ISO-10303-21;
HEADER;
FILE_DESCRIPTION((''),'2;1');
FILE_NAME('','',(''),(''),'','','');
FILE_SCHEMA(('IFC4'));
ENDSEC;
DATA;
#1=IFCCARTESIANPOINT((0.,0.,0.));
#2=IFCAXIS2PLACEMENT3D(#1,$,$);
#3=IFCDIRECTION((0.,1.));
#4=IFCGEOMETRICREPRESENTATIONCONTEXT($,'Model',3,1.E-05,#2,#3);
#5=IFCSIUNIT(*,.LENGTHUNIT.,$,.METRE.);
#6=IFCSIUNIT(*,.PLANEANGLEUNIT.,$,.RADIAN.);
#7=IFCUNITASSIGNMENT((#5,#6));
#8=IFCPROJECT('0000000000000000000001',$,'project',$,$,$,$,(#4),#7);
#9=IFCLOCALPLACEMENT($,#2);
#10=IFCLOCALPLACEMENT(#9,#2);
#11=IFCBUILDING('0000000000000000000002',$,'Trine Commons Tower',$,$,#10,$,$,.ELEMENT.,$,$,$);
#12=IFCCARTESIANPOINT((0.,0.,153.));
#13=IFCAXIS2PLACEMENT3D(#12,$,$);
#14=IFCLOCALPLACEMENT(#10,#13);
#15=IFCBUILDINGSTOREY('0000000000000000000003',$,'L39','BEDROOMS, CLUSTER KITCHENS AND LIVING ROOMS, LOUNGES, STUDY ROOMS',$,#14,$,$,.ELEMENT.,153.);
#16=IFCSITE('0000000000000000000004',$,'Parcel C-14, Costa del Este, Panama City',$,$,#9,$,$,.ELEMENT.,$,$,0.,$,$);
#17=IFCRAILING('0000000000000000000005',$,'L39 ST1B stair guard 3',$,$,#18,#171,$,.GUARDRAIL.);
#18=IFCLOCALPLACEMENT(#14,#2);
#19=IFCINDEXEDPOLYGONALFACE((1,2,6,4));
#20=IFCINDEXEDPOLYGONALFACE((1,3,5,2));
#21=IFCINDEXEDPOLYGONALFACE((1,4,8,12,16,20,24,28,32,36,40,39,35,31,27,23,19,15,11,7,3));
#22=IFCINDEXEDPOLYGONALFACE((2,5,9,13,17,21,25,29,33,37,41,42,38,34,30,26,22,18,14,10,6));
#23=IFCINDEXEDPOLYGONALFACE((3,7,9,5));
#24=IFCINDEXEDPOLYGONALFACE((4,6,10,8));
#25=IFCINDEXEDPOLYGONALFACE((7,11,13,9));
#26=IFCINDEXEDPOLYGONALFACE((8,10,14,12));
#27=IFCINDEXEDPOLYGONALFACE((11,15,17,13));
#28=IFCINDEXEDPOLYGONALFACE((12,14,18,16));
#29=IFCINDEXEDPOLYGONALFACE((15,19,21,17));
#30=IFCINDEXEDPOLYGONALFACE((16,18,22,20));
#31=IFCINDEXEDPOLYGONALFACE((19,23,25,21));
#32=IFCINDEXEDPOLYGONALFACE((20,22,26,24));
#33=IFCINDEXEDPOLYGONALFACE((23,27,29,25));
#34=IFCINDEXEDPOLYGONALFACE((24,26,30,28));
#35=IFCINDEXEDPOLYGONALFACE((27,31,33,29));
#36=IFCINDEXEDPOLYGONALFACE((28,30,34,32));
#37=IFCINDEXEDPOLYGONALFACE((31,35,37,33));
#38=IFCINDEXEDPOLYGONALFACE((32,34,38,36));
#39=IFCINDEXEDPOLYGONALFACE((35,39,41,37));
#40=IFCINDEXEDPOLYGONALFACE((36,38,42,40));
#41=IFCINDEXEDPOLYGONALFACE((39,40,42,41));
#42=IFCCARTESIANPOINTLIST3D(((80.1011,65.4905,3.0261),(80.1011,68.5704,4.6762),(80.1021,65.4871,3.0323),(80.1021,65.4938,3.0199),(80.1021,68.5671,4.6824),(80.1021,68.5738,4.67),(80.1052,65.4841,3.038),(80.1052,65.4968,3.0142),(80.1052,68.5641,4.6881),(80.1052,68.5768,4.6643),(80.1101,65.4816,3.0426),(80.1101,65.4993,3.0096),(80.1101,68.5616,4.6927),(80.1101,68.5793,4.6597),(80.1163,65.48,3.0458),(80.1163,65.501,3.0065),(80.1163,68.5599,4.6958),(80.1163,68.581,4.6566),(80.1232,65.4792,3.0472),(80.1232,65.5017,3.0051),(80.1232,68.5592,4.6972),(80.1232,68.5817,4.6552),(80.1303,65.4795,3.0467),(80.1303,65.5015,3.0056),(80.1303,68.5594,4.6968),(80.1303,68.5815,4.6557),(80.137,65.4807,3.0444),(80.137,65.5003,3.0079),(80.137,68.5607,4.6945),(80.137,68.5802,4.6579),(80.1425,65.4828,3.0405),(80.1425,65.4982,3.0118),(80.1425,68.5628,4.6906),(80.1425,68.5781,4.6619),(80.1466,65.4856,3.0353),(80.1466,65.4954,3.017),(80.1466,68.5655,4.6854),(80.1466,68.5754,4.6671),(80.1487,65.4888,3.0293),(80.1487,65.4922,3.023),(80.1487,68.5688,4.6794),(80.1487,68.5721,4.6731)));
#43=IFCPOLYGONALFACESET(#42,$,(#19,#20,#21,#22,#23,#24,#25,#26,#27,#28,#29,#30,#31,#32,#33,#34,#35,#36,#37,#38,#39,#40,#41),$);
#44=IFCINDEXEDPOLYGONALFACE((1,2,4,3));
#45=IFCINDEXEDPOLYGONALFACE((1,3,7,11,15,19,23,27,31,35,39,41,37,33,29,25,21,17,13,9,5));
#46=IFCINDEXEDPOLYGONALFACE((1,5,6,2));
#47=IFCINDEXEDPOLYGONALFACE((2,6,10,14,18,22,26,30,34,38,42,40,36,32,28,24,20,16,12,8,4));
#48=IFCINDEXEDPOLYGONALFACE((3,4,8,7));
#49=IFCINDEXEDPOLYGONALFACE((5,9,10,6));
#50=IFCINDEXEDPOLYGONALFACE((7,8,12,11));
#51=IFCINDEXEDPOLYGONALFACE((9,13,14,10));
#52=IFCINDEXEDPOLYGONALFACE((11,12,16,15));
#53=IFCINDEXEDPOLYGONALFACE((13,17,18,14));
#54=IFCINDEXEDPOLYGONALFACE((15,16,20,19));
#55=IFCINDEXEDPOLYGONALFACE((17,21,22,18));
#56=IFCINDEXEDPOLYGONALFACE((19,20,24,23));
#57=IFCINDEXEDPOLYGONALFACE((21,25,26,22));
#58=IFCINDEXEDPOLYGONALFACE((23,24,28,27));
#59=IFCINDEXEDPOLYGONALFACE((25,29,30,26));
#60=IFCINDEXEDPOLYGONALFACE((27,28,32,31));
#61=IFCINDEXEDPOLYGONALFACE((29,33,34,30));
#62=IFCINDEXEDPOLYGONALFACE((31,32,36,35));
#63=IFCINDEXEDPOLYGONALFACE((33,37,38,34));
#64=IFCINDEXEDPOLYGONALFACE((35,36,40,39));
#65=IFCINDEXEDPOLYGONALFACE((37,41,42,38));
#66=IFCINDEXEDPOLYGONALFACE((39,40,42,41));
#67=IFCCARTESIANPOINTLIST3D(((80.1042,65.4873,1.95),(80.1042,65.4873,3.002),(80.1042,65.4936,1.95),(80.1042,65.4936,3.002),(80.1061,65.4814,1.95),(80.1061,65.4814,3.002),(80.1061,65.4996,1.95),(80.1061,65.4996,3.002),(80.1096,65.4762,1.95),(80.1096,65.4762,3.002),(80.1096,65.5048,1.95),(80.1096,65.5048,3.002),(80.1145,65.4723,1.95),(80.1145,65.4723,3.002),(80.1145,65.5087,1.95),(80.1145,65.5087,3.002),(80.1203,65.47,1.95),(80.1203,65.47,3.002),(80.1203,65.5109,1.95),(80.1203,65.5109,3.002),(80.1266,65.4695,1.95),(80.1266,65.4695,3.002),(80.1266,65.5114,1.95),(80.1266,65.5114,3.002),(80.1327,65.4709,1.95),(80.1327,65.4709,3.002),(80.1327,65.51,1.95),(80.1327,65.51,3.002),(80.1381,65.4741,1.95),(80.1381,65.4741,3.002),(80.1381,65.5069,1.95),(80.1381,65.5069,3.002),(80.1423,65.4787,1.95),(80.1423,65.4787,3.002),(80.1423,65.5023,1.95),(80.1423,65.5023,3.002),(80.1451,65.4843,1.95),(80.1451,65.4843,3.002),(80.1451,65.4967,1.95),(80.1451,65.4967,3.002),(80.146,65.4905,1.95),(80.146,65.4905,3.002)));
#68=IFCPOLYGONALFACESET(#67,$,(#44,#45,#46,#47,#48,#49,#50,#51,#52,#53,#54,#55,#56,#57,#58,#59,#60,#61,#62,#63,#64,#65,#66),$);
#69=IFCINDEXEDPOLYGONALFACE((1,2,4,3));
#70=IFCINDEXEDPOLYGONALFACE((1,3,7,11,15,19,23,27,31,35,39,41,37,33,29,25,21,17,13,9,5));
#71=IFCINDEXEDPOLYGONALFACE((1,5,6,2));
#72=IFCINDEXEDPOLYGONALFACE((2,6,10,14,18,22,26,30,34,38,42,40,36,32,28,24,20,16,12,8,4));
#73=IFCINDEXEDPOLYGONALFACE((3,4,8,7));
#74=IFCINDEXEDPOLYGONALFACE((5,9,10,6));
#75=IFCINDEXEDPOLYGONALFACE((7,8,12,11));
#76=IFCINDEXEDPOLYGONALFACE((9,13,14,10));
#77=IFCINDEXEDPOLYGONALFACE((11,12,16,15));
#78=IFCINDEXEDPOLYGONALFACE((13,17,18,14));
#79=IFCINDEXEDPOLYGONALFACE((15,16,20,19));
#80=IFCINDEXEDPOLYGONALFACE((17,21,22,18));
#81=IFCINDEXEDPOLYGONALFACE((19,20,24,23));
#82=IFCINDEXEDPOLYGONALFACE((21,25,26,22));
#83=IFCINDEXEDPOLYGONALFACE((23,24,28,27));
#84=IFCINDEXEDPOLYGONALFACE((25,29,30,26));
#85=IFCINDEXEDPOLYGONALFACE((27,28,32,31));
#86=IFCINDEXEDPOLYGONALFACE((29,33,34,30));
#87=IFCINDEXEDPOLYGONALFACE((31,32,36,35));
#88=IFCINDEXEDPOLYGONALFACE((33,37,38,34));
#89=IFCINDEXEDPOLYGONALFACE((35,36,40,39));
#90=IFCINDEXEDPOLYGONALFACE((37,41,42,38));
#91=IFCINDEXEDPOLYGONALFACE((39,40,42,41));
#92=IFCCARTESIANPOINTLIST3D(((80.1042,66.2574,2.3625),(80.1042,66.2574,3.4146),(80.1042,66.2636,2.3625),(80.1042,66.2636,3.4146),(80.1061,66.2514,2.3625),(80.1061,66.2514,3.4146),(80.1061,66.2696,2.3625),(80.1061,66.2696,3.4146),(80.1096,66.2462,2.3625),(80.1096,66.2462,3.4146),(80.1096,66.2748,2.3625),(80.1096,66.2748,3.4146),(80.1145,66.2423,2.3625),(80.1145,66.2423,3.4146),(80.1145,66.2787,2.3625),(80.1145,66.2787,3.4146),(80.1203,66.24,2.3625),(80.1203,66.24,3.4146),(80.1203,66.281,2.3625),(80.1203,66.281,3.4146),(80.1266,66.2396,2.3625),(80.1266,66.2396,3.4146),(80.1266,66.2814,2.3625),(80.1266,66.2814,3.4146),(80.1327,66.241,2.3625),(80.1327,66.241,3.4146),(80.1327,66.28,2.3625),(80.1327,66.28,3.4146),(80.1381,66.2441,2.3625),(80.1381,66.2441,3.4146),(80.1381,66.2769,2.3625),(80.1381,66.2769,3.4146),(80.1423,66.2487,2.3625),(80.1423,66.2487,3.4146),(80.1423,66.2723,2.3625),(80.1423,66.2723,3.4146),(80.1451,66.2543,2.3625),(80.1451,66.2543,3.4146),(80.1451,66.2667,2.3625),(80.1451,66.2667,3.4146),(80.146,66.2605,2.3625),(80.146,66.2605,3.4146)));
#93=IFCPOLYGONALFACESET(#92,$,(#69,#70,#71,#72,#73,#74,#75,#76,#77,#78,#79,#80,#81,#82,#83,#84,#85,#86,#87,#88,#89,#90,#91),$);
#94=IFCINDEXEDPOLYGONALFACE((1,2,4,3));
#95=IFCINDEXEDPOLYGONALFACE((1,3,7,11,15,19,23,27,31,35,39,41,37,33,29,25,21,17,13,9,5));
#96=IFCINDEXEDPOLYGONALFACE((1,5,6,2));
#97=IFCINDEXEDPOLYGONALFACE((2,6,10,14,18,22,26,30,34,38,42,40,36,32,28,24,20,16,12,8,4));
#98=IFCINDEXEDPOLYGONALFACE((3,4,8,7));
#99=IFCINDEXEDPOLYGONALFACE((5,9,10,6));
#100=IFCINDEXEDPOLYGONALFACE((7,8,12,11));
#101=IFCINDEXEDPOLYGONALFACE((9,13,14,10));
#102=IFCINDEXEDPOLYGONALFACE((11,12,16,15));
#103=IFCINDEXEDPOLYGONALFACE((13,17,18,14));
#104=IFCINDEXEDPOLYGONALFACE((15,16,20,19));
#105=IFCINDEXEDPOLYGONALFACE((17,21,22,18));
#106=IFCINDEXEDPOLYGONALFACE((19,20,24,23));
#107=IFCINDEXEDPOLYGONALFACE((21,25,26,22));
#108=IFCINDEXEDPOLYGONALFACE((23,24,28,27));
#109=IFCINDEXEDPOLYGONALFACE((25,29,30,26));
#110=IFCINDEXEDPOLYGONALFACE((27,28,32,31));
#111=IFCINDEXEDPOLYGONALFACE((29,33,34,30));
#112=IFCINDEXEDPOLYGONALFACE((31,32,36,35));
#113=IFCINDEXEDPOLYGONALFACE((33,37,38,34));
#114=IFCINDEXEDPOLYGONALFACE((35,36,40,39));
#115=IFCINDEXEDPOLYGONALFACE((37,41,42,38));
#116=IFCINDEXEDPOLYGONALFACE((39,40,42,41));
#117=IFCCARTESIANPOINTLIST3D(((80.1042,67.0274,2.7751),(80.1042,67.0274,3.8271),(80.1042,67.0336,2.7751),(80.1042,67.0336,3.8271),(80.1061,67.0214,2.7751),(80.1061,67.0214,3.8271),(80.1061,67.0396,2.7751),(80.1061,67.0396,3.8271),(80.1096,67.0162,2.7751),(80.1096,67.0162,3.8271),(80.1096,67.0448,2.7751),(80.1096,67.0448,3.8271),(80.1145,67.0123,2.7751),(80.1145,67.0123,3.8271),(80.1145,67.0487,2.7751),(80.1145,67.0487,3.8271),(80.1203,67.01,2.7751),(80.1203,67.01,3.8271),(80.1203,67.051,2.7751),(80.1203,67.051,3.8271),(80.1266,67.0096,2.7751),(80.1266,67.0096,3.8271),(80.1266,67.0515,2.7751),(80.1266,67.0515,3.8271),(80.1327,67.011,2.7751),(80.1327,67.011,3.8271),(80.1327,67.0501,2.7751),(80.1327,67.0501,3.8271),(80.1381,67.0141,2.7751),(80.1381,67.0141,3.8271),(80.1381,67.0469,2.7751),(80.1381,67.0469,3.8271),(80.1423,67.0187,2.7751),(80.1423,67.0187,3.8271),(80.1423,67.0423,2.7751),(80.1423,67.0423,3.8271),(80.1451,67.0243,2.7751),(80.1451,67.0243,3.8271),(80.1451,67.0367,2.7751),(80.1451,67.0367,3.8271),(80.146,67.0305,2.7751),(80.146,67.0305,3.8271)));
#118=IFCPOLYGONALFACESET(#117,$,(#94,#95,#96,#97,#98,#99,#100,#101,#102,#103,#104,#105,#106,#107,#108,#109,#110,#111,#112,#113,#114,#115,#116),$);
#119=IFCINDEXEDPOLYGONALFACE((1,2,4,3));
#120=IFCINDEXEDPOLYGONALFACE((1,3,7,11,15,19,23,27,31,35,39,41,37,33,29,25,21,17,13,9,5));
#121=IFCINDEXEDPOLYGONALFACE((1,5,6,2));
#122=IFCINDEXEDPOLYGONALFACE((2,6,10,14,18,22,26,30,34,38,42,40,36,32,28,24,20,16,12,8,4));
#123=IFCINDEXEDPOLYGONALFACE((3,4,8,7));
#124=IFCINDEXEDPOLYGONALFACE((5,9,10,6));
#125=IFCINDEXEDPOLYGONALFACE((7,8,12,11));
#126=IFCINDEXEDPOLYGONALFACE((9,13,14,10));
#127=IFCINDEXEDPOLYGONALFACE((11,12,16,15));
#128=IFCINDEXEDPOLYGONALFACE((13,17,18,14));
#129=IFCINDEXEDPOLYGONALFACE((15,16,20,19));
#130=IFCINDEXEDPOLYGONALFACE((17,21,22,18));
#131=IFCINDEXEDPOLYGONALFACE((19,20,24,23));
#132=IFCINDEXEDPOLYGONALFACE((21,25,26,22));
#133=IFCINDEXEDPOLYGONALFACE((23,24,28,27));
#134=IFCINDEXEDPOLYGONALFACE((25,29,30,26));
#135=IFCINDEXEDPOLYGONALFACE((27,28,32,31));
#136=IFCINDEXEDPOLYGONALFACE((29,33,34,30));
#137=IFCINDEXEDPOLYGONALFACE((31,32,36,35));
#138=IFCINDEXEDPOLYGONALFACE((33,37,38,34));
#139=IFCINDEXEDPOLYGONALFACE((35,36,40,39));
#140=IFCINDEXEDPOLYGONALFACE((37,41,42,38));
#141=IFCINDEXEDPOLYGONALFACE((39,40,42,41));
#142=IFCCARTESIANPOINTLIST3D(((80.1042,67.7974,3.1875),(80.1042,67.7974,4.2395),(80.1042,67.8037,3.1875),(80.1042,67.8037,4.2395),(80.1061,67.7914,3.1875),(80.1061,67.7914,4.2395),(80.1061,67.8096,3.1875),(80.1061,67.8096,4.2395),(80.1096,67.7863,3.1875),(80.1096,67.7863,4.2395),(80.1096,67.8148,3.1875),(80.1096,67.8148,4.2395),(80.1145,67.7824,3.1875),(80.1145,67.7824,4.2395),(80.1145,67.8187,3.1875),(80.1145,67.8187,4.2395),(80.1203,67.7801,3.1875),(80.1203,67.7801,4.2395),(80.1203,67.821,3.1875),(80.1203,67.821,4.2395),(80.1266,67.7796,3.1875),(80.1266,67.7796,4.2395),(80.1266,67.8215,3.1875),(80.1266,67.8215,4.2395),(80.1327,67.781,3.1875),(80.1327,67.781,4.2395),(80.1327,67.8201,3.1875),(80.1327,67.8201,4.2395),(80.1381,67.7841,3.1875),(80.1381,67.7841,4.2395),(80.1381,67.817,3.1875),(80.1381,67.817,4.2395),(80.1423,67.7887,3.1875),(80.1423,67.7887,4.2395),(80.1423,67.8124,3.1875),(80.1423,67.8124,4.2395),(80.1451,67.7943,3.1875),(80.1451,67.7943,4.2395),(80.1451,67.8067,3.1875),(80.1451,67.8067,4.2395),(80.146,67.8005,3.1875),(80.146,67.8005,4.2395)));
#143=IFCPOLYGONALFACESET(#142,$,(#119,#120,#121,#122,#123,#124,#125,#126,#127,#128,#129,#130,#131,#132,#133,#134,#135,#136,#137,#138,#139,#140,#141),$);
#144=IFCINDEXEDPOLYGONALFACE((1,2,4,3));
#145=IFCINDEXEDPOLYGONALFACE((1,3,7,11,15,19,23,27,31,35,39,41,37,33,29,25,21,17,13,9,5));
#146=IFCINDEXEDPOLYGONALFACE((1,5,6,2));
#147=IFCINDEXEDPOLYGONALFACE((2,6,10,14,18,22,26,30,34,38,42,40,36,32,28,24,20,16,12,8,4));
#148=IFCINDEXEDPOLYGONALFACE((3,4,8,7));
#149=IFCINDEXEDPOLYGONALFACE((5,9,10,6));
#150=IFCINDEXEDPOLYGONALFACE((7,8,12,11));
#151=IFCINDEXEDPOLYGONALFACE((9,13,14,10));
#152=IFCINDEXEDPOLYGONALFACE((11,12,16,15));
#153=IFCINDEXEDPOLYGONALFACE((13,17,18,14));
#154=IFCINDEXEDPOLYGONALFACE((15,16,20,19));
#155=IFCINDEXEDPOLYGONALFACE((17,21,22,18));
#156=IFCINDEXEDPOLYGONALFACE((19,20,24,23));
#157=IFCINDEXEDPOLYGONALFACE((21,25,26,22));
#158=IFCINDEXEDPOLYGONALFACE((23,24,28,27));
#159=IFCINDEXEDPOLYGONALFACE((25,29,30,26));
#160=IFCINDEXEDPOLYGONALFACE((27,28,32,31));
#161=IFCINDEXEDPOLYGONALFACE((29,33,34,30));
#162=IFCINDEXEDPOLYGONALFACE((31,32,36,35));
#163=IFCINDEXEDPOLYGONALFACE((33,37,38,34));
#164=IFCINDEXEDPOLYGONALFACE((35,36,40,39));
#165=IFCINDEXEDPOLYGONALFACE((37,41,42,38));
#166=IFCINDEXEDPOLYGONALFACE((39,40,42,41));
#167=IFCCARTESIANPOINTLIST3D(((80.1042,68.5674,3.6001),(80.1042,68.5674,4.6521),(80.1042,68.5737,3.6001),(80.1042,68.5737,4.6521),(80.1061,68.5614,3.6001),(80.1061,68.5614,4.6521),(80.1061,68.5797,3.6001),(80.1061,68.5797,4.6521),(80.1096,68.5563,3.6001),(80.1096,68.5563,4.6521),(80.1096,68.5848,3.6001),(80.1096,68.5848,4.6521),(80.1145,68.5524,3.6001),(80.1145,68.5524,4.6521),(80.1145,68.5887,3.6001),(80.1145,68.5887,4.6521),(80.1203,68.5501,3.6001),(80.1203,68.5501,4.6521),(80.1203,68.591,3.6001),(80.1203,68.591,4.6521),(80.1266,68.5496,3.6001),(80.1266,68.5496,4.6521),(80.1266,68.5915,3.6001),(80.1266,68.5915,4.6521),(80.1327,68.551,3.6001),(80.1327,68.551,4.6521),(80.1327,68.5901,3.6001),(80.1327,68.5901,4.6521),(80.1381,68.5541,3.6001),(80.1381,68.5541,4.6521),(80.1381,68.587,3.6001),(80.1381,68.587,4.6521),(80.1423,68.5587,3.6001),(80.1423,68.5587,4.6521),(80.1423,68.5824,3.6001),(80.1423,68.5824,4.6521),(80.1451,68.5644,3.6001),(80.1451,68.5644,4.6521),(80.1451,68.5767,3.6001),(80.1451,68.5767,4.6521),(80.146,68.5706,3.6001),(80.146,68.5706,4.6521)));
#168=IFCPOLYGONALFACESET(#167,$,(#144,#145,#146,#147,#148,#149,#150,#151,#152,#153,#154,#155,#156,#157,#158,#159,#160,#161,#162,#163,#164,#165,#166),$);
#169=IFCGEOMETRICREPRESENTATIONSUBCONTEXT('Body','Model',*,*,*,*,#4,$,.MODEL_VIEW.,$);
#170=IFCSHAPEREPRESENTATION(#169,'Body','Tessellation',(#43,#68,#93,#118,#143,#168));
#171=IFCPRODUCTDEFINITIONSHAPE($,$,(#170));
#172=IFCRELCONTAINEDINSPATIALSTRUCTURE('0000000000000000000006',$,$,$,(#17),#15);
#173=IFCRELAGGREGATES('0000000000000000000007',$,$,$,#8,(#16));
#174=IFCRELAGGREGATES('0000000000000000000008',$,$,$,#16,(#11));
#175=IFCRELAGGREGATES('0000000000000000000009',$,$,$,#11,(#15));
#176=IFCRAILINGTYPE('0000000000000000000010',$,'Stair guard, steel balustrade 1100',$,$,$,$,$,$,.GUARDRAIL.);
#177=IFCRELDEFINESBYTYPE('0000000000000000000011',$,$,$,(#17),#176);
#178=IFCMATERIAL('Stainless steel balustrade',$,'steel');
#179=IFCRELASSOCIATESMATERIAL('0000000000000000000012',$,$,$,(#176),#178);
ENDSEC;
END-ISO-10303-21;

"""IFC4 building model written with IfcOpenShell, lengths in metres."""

from ifc_helpers import new_model, si_unit, direction, frame, origin, origin_2d, place, context, subcontext, project, spatial, circle, extrude, material, type_object, element, save


model = new_model("IFC4")

# Units and contexts
model_context = context("Model", 3, precision=1e-05, world=origin(), true_north=direction((0.0, 1.0)))
body_context = subcontext(model_context, "Body", "Model", "MODEL_VIEW")
ifc_project = project(units=[si_unit("LENGTHUNIT", "METRE"), si_unit("PLANEANGLEUNIT", "RADIAN")], contexts=[model_context])

# Site, building, storey
site_placement = place(None, origin())
site = spatial("IfcSite", under=ifc_project, at=site_placement, Name="Parcel C-14, Costa del Este, Panama City", CompositionType="ELEMENT", RefElevation=0.0)
building_placement = place(site_placement, origin())
building = spatial("IfcBuilding", under=site, at=building_placement, Name="Trine Commons Tower", CompositionType="ELEMENT")
storey_placement = place(building_placement, frame((0.0, 0.0, 153.0)))
storey = spatial("IfcBuildingStorey", under=building, at=storey_placement, Name="L39", Description="BEDROOMS, CLUSTER KITCHENS AND LIVING ROOMS, LOUNGES, STUDY ROOMS", CompositionType="ELEMENT", Elevation=153.0)

# Railing
ifc_material_1 = material(Name="Stainless steel balustrade", Category="steel")
railing_type_1 = type_object("IfcRailingType", Name="Stair guard, steel balustrade 1100", PredefinedType="GUARDRAIL", material=ifc_material_1)
railing_1_placement = place(storey_placement, frame((80.125, 65.4905, 1.95)))
element("IfcRailing", 1, at=railing_1_placement, inside=storey, type_object=railing_type_1, Name="L39 ST1B stair guard 3", PredefinedType="GUARDRAIL", context=body_context, shape_type="SweptSolid", body=[
    extrude(circle(Radius=0.0239, at=origin_2d()), frame((0.0, 0.0, 1.0762), z_axis=(0.0, 0.881468, 0.472245), x_axis=(-1.0, 0.0, 0.0)), (0.0, 0.0, 1.0), 3.4941),
    extrude(circle(Radius=0.021, at=origin_2d()), origin(), (0.0, 0.0, 1.0), 1.052),
    extrude(circle(Radius=0.021, at=origin_2d()), frame((0.0, 0.77, 0.4126)), (0.0, 0.0, 1.0), 1.052),
    extrude(circle(Radius=0.021, at=origin_2d()), frame((0.0, 1.54, 0.8252)), (0.0, 0.0, 1.0), 1.052),
    extrude(circle(Radius=0.021, at=origin_2d()), frame((0.0, 2.3101, 1.2375)), (0.0, 0.0, 1.0), 1.052),
    extrude(circle(Radius=0.021, at=origin_2d()), frame((0.0, 3.0801, 1.6501)), (0.0, 0.0, 1.0), 1.052),
])

save(model, "model.ifc")
